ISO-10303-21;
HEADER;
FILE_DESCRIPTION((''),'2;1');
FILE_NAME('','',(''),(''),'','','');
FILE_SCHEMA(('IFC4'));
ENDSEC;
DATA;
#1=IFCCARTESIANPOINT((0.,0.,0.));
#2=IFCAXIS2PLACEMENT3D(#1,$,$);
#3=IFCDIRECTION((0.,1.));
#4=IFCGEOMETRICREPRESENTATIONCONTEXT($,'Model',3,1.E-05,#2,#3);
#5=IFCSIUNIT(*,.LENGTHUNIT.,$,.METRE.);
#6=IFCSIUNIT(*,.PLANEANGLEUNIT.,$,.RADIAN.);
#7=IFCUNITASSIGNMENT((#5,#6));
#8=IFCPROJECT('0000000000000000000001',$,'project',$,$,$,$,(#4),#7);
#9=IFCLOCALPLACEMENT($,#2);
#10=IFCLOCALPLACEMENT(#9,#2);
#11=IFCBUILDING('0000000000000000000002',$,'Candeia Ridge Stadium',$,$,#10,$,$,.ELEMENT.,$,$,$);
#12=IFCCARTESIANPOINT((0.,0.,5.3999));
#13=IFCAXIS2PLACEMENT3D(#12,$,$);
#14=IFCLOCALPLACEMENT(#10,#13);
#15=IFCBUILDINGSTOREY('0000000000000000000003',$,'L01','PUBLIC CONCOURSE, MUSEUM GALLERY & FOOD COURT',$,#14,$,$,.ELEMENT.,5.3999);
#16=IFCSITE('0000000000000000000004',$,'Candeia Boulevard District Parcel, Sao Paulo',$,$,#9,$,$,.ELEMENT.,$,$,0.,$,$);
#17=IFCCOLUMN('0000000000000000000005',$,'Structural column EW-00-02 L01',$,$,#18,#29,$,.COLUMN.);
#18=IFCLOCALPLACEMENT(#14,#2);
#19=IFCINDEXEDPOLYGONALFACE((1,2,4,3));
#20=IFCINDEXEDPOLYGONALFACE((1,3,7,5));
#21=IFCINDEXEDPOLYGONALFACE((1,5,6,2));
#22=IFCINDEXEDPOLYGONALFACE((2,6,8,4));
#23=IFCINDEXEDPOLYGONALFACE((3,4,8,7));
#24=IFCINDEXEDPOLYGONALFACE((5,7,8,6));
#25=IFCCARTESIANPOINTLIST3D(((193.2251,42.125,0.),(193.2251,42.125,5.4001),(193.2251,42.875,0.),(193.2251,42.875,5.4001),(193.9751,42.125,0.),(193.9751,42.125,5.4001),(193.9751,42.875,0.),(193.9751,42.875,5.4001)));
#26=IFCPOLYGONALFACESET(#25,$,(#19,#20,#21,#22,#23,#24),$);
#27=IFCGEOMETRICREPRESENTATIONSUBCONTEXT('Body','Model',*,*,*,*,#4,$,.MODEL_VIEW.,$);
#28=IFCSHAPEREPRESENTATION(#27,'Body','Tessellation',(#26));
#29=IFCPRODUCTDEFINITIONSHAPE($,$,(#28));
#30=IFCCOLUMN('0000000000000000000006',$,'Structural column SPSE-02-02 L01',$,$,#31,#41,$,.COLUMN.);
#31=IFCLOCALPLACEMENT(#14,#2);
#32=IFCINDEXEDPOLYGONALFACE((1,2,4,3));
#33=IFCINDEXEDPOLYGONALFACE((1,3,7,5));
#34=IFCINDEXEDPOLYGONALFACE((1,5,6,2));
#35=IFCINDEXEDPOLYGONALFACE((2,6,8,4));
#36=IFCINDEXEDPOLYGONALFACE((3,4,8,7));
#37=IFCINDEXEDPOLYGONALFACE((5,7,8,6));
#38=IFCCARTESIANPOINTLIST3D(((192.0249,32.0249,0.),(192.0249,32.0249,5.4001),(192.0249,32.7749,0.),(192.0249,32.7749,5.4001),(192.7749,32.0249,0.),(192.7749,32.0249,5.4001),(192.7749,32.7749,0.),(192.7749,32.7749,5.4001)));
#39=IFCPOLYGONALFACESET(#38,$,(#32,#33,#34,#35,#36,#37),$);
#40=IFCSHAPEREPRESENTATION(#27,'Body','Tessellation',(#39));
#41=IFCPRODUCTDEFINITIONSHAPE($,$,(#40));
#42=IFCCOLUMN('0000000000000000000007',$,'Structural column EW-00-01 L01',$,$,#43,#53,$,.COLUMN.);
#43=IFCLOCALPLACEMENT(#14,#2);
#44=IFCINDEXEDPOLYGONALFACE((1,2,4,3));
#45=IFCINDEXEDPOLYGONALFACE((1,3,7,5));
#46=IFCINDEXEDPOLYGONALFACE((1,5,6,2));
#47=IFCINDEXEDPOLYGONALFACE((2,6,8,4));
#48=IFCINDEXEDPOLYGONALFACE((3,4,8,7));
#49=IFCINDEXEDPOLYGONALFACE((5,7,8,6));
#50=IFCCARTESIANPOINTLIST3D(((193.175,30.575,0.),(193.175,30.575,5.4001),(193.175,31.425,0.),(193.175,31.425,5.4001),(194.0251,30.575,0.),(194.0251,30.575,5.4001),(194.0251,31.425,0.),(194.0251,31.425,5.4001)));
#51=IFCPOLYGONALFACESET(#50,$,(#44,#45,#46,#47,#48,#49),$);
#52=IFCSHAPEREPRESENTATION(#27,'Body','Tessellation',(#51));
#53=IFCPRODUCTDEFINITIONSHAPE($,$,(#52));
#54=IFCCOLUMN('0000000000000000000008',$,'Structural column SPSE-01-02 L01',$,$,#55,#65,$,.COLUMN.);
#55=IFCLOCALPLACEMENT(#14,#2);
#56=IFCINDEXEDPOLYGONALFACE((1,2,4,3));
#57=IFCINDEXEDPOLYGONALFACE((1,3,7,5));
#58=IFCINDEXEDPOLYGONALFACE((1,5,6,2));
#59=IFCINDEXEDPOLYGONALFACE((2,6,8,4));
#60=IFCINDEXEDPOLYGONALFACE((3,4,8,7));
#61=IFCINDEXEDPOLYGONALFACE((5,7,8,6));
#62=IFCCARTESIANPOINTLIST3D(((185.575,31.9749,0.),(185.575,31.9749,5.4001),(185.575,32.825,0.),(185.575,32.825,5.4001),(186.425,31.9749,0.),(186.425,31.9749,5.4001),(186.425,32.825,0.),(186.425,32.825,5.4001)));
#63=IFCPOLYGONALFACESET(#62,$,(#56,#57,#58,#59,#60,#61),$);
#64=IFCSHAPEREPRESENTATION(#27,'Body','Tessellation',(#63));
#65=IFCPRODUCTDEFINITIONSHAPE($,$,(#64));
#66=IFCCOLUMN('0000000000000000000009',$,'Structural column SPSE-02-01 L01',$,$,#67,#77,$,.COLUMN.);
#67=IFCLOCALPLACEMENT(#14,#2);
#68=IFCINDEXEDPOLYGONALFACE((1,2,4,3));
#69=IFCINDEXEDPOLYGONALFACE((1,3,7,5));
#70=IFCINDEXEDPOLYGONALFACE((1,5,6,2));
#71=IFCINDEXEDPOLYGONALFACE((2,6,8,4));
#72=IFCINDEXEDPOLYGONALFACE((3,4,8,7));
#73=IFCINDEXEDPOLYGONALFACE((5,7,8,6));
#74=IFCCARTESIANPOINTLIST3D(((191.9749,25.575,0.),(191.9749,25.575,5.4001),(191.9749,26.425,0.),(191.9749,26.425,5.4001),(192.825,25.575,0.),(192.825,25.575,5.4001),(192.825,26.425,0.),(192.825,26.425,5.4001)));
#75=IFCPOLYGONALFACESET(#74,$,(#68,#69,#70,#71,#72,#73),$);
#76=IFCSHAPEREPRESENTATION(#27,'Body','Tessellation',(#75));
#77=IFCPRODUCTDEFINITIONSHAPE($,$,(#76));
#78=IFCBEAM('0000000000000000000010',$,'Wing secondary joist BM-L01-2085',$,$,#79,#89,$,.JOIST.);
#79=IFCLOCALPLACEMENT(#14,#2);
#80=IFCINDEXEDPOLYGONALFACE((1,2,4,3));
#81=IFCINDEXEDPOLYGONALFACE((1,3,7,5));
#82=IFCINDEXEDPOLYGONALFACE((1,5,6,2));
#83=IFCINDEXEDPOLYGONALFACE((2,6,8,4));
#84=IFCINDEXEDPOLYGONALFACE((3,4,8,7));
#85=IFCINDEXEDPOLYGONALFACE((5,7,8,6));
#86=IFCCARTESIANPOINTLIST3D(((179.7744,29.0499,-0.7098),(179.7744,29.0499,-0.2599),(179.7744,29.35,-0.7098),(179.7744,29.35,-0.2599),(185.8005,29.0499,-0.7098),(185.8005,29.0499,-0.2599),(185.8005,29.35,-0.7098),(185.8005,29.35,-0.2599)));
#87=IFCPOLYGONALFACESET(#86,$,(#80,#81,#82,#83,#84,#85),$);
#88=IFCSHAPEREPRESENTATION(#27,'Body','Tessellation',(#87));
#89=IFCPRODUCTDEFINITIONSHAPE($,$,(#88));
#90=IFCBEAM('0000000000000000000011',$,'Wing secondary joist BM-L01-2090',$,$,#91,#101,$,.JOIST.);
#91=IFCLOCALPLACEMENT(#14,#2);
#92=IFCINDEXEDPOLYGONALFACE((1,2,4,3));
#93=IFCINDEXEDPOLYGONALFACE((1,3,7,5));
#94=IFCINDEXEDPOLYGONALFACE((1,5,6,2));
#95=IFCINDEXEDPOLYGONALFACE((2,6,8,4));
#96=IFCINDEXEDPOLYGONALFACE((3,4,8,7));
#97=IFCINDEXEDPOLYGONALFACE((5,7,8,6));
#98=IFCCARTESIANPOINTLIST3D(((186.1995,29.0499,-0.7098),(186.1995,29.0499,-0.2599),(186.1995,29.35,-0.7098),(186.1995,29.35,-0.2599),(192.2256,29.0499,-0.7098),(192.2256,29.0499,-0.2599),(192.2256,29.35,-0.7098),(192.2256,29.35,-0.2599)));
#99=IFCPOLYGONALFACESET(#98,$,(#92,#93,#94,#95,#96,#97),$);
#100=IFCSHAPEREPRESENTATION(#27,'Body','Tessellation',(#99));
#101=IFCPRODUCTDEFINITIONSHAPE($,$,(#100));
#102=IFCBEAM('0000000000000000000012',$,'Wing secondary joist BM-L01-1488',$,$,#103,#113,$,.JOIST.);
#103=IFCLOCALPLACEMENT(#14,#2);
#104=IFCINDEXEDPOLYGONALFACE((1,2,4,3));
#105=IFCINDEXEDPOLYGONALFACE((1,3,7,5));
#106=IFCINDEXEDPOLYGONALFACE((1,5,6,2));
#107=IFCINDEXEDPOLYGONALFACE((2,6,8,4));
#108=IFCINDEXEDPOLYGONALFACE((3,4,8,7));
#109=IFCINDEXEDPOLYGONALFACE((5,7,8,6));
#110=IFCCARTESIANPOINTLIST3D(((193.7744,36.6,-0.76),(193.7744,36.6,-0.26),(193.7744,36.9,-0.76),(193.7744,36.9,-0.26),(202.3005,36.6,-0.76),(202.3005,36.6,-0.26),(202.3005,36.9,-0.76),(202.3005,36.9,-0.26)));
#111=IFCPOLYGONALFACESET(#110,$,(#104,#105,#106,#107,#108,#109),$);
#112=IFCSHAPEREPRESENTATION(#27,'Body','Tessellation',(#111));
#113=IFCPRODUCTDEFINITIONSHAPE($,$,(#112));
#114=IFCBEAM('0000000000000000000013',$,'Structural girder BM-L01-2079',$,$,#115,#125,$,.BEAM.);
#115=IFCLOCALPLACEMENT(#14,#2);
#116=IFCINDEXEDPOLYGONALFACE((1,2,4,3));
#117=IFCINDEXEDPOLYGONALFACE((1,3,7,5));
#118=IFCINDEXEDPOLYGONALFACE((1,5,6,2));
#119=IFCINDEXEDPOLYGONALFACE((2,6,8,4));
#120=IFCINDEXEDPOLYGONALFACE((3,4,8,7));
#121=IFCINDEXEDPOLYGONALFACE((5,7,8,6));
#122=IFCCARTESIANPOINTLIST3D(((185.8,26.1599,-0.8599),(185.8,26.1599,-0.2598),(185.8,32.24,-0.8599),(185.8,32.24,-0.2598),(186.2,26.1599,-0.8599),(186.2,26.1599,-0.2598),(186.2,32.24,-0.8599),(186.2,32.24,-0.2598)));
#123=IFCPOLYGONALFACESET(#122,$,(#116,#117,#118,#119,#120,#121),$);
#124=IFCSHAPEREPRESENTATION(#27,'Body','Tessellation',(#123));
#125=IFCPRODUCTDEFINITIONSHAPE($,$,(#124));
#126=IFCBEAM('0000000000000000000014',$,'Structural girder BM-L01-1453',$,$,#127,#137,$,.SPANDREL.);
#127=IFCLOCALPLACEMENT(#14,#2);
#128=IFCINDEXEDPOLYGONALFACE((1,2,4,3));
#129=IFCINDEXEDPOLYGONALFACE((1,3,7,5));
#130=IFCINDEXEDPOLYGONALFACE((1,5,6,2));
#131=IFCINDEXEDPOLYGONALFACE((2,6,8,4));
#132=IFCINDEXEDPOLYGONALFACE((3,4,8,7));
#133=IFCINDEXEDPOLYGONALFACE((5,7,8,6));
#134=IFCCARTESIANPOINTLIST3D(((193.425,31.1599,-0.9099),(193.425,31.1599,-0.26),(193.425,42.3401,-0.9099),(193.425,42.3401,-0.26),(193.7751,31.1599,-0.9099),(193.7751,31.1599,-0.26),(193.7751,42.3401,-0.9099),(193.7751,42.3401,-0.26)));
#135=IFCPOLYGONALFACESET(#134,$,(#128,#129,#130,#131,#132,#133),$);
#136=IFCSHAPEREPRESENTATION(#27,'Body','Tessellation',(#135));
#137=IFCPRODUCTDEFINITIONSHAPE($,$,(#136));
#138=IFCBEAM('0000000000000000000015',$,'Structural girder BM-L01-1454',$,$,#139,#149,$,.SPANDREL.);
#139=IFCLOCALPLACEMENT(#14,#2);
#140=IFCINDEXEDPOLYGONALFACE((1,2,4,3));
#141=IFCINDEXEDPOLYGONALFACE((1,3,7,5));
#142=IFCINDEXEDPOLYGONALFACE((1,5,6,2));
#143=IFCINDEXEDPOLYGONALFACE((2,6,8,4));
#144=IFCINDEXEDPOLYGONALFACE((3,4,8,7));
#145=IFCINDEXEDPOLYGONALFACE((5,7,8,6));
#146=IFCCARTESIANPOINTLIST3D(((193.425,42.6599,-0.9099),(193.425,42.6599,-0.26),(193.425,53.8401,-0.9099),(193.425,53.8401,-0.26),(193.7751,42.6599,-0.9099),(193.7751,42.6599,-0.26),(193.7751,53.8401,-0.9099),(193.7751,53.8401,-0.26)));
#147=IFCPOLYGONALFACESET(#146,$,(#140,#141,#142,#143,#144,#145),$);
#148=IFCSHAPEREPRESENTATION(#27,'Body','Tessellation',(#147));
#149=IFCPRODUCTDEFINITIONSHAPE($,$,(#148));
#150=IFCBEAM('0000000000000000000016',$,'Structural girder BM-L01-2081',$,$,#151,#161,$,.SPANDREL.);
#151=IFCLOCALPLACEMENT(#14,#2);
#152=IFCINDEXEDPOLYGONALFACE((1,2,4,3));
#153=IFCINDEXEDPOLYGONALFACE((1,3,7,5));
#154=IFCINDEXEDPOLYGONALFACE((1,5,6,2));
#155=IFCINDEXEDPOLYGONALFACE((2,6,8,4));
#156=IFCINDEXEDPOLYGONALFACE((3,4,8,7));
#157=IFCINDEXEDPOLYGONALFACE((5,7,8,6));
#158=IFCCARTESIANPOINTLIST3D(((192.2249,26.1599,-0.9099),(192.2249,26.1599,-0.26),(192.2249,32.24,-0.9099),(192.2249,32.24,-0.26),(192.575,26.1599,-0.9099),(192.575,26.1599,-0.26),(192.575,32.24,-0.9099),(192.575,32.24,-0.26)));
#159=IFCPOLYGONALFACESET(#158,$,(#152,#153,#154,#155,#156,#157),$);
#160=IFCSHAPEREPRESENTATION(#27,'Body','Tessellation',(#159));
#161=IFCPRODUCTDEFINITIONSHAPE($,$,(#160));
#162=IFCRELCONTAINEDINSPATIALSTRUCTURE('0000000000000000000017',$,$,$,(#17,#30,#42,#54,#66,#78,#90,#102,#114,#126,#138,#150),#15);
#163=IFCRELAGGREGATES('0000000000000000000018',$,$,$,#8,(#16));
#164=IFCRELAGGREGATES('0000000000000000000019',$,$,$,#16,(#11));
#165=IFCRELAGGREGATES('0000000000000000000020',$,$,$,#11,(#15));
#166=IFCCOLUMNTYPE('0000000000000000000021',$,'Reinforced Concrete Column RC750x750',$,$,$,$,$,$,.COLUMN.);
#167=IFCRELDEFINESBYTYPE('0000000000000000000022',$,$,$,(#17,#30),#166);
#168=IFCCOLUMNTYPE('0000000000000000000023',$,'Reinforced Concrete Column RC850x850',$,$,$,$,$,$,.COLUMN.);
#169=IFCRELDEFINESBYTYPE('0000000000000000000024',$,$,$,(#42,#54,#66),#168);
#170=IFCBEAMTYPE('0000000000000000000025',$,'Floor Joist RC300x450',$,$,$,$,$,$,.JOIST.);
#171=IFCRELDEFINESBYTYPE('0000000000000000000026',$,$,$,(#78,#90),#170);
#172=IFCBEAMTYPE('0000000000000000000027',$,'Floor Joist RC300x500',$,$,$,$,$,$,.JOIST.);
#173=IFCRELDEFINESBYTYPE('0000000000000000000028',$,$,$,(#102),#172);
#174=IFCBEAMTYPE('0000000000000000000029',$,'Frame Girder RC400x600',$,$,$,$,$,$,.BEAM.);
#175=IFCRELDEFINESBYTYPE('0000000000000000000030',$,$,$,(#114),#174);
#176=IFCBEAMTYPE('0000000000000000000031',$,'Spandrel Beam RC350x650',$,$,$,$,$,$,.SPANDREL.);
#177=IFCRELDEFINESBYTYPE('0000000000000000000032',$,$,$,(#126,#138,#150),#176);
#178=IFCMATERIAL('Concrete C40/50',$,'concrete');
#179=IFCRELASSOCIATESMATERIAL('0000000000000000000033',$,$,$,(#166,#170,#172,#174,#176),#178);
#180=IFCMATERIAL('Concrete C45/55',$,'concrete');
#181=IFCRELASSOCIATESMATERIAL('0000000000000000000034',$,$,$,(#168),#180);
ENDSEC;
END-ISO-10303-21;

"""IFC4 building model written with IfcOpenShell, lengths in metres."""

from ifc_helpers import new_model, si_unit, direction, frame, origin, origin_2d, place, context, subcontext, project, spatial, rectangle, extrude, material, material_profile, profile_set, type_object, element, save


model = new_model("IFC4")

# Units and contexts
model_context = context("Model", 3, precision=1e-05, world=origin(), true_north=direction((0.0, 1.0)))
body_context = subcontext(model_context, "Body", "Model", "MODEL_VIEW")
ifc_project = project(units=[si_unit("LENGTHUNIT", "METRE"), si_unit("PLANEANGLEUNIT", "RADIAN")], contexts=[model_context])

# Site, building, storey
site_placement = place(None, origin())
site = spatial("IfcSite", under=ifc_project, at=site_placement, Name="Candeia Boulevard District Parcel, Sao Paulo", CompositionType="ELEMENT", RefElevation=0.0)
building_placement = place(site_placement, origin())
building = spatial("IfcBuilding", under=site, at=building_placement, Name="Candeia Ridge Stadium", CompositionType="ELEMENT")
storey_placement = place(building_placement, frame((0.0, 0.0, 5.3999)))
storey = spatial("IfcBuildingStorey", under=building, at=storey_placement, Name="L01", Description="PUBLIC CONCOURSE, MUSEUM GALLERY & FOOD COURT", CompositionType="ELEMENT", Elevation=5.3999)

# Columns
ifc_material_1 = material(Name="Concrete C40/50", Category="concrete")
ifc_material_profile_1 = material_profile(ifc_material_1, rectangle(XDim=0.75, YDim=0.75, at=origin_2d()), Name="RC750x750", Category="concrete")
ifc_profile_set_1 = profile_set([ifc_material_profile_1], Name="Concrete C40/50")
column_type_1 = type_object("IfcColumnType", Name="Reinforced Concrete Column RC750x750", PredefinedType="COLUMN", material=ifc_profile_set_1)
for number, where, z_axis, x_axis, name in (
    (1, (193.6001, 42.5, 0.0), (0.0, 0.0, 1.0), (1.0, 0.0, 0.0), "Structural column EW-00-02 L01"),
    (2, (192.3999, 32.3999, 0.0), (0.0, 0.0, 1.0), (1.0, 0.0, 0.0), "Structural column SPSE-02-02 L01"),
):
    element("IfcColumn", number, at=place(storey_placement, frame(where, z_axis=z_axis, x_axis=x_axis)), inside=storey, type_object=column_type_1, Name=name, PredefinedType="COLUMN", context=body_context, shape_type="SweptSolid", body=[
        extrude(rectangle(XDim=0.75, YDim=0.75, at=origin_2d()), origin(), (0.0, 0.0, 1.0), 5.4001),
    ])
ifc_material_2 = material(Name="Concrete C45/55", Category="concrete")
ifc_material_profile_2 = material_profile(ifc_material_2, rectangle(XDim=0.8501, YDim=0.8501, at=origin_2d()), Name="RC850x850", Category="concrete")
ifc_profile_set_2 = profile_set([ifc_material_profile_2], Name="Concrete C45/55")
column_type_2 = type_object("IfcColumnType", Name="Reinforced Concrete Column RC850x850", PredefinedType="COLUMN", material=ifc_profile_set_2)
for number, where, z_axis, x_axis, name in (
    (3, (193.6001, 31.0, 0.0), (0.0, 0.0, 1.0), (1.0, 0.0, 0.0), "Structural column EW-00-01 L01"),
    (4, (186.0, 32.3999, 0.0), (0.0, 0.0, 1.0), (1.0, 0.0, 0.0), "Structural column SPSE-01-02 L01"),
    (5, (192.3999, 26.0, 0.0), (0.0, 0.0, 1.0), (1.0, 0.0, 0.0), "Structural column SPSE-02-01 L01"),
):
    element("IfcColumn", number, at=place(storey_placement, frame(where, z_axis=z_axis, x_axis=x_axis)), inside=storey, type_object=column_type_2, Name=name, PredefinedType="COLUMN", context=body_context, shape_type="SweptSolid", body=[
        extrude(rectangle(XDim=0.8501, YDim=0.8501, at=origin_2d()), origin(), (0.0, 0.0, 1.0), 5.4001),
    ])

# Beams
ifc_material_profile_3 = material_profile(ifc_material_1, rectangle(XDim=0.3, YDim=0.45, at=origin_2d()), Name="RC300x450", Category="concrete")
ifc_profile_set_3 = profile_set([ifc_material_profile_3], Name="Concrete C40/50")
beam_type_1 = type_object("IfcBeamType", Name="Floor Joist RC300x450", PredefinedType="JOIST", material=ifc_profile_set_3)
for number, where, z_axis, x_axis, name in (
    (6, (179.7744, 29.2, -0.4849), (1.0, 0.0, 0.0), (0.0, 1.0, 0.0), "Wing secondary joist BM-L01-2085"),
    (7, (186.1995, 29.2, -0.4849), (1.0, 0.0, 0.0), (0.0, 1.0, 0.0), "Wing secondary joist BM-L01-2090"),
):
    element("IfcBeam", number, at=place(storey_placement, frame(where, z_axis=z_axis, x_axis=x_axis)), inside=storey, type_object=beam_type_1, Name=name, PredefinedType="JOIST", context=body_context, shape_type="SweptSolid", body=[
        extrude(rectangle(XDim=0.3, YDim=0.45, at=origin_2d()), origin(), (0.0, 0.0, 1.0), 6.0261),
    ])
ifc_material_profile_4 = material_profile(ifc_material_1, rectangle(XDim=0.3, YDim=0.5, at=origin_2d()), Name="RC300x500", Category="concrete")
ifc_profile_set_4 = profile_set([ifc_material_profile_4], Name="Concrete C40/50")
beam_type_2 = type_object("IfcBeamType", Name="Floor Joist RC300x500", PredefinedType="JOIST", material=ifc_profile_set_4)
beam_1_placement = place(storey_placement, frame((193.7744, 36.75, -0.51), z_axis=(1.0, 0.0, 0.0), x_axis=(0.0, 1.0, 0.0)))
element("IfcBeam", 8, at=beam_1_placement, inside=storey, type_object=beam_type_2, Name="Wing secondary joist BM-L01-1488", PredefinedType="JOIST", context=body_context, shape_type="SweptSolid", body=[
    extrude(rectangle(XDim=0.3, YDim=0.5, at=origin_2d()), origin(), (0.0, 0.0, 1.0), 8.5261),
])
ifc_material_profile_5 = material_profile(ifc_material_1, rectangle(XDim=0.3999, YDim=0.6001, at=origin_2d()), Name="RC400x600", Category="concrete")
ifc_profile_set_5 = profile_set([ifc_material_profile_5], Name="Concrete C40/50")
beam_type_3 = type_object("IfcBeamType", Name="Frame Girder RC400x600", PredefinedType="BEAM", material=ifc_profile_set_5)
beam_2_placement = place(storey_placement, frame((186.0, 26.1599, -0.5598), z_axis=(0.0, 1.0, 0.0), x_axis=(-1.0, 0.0, 0.0)))
element("IfcBeam", 9, at=beam_2_placement, inside=storey, type_object=beam_type_3, Name="Structural girder BM-L01-2079", PredefinedType="BEAM", context=body_context, shape_type="SweptSolid", body=[
    extrude(rectangle(XDim=0.3999, YDim=0.6001, at=origin_2d()), origin(), (0.0, 0.0, 1.0), 6.0801),
])
ifc_material_profile_6 = material_profile(ifc_material_1, rectangle(XDim=0.3501, YDim=0.6499, at=origin_2d()), Name="RC350x650", Category="concrete")
ifc_profile_set_6 = profile_set([ifc_material_profile_6], Name="Concrete C40/50")
beam_type_4 = type_object("IfcBeamType", Name="Spandrel Beam RC350x650", PredefinedType="SPANDREL", material=ifc_profile_set_6)
for number, where, z_axis, x_axis, name in (
    (10, (193.6001, 31.1599, -0.585), (0.0, 1.0, 0.0), (-1.0, 0.0, 0.0), "Structural girder BM-L01-1453"),
    (11, (193.6001, 42.6599, -0.585), (0.0, 1.0, 0.0), (-1.0, 0.0, 0.0), "Structural girder BM-L01-1454"),
):
    element("IfcBeam", number, at=place(storey_placement, frame(where, z_axis=z_axis, x_axis=x_axis)), inside=storey, type_object=beam_type_4, Name=name, PredefinedType="SPANDREL", context=body_context, shape_type="SweptSolid", body=[
        extrude(rectangle(XDim=0.3501, YDim=0.6499, at=origin_2d()), origin(), (0.0, 0.0, 1.0), 11.1802),
    ])
beam_3_placement = place(storey_placement, frame((192.3999, 26.1599, -0.585), z_axis=(0.0, 1.0, 0.0), x_axis=(-1.0, 0.0, 0.0)))
element("IfcBeam", 12, at=beam_3_placement, inside=storey, type_object=beam_type_4, Name="Structural girder BM-L01-2081", PredefinedType="SPANDREL", context=body_context, shape_type="SweptSolid", body=[
    extrude(rectangle(XDim=0.3501, YDim=0.6499, at=origin_2d()), origin(), (0.0, 0.0, 1.0), 6.0801),
])

save(model, "model.ifc")
